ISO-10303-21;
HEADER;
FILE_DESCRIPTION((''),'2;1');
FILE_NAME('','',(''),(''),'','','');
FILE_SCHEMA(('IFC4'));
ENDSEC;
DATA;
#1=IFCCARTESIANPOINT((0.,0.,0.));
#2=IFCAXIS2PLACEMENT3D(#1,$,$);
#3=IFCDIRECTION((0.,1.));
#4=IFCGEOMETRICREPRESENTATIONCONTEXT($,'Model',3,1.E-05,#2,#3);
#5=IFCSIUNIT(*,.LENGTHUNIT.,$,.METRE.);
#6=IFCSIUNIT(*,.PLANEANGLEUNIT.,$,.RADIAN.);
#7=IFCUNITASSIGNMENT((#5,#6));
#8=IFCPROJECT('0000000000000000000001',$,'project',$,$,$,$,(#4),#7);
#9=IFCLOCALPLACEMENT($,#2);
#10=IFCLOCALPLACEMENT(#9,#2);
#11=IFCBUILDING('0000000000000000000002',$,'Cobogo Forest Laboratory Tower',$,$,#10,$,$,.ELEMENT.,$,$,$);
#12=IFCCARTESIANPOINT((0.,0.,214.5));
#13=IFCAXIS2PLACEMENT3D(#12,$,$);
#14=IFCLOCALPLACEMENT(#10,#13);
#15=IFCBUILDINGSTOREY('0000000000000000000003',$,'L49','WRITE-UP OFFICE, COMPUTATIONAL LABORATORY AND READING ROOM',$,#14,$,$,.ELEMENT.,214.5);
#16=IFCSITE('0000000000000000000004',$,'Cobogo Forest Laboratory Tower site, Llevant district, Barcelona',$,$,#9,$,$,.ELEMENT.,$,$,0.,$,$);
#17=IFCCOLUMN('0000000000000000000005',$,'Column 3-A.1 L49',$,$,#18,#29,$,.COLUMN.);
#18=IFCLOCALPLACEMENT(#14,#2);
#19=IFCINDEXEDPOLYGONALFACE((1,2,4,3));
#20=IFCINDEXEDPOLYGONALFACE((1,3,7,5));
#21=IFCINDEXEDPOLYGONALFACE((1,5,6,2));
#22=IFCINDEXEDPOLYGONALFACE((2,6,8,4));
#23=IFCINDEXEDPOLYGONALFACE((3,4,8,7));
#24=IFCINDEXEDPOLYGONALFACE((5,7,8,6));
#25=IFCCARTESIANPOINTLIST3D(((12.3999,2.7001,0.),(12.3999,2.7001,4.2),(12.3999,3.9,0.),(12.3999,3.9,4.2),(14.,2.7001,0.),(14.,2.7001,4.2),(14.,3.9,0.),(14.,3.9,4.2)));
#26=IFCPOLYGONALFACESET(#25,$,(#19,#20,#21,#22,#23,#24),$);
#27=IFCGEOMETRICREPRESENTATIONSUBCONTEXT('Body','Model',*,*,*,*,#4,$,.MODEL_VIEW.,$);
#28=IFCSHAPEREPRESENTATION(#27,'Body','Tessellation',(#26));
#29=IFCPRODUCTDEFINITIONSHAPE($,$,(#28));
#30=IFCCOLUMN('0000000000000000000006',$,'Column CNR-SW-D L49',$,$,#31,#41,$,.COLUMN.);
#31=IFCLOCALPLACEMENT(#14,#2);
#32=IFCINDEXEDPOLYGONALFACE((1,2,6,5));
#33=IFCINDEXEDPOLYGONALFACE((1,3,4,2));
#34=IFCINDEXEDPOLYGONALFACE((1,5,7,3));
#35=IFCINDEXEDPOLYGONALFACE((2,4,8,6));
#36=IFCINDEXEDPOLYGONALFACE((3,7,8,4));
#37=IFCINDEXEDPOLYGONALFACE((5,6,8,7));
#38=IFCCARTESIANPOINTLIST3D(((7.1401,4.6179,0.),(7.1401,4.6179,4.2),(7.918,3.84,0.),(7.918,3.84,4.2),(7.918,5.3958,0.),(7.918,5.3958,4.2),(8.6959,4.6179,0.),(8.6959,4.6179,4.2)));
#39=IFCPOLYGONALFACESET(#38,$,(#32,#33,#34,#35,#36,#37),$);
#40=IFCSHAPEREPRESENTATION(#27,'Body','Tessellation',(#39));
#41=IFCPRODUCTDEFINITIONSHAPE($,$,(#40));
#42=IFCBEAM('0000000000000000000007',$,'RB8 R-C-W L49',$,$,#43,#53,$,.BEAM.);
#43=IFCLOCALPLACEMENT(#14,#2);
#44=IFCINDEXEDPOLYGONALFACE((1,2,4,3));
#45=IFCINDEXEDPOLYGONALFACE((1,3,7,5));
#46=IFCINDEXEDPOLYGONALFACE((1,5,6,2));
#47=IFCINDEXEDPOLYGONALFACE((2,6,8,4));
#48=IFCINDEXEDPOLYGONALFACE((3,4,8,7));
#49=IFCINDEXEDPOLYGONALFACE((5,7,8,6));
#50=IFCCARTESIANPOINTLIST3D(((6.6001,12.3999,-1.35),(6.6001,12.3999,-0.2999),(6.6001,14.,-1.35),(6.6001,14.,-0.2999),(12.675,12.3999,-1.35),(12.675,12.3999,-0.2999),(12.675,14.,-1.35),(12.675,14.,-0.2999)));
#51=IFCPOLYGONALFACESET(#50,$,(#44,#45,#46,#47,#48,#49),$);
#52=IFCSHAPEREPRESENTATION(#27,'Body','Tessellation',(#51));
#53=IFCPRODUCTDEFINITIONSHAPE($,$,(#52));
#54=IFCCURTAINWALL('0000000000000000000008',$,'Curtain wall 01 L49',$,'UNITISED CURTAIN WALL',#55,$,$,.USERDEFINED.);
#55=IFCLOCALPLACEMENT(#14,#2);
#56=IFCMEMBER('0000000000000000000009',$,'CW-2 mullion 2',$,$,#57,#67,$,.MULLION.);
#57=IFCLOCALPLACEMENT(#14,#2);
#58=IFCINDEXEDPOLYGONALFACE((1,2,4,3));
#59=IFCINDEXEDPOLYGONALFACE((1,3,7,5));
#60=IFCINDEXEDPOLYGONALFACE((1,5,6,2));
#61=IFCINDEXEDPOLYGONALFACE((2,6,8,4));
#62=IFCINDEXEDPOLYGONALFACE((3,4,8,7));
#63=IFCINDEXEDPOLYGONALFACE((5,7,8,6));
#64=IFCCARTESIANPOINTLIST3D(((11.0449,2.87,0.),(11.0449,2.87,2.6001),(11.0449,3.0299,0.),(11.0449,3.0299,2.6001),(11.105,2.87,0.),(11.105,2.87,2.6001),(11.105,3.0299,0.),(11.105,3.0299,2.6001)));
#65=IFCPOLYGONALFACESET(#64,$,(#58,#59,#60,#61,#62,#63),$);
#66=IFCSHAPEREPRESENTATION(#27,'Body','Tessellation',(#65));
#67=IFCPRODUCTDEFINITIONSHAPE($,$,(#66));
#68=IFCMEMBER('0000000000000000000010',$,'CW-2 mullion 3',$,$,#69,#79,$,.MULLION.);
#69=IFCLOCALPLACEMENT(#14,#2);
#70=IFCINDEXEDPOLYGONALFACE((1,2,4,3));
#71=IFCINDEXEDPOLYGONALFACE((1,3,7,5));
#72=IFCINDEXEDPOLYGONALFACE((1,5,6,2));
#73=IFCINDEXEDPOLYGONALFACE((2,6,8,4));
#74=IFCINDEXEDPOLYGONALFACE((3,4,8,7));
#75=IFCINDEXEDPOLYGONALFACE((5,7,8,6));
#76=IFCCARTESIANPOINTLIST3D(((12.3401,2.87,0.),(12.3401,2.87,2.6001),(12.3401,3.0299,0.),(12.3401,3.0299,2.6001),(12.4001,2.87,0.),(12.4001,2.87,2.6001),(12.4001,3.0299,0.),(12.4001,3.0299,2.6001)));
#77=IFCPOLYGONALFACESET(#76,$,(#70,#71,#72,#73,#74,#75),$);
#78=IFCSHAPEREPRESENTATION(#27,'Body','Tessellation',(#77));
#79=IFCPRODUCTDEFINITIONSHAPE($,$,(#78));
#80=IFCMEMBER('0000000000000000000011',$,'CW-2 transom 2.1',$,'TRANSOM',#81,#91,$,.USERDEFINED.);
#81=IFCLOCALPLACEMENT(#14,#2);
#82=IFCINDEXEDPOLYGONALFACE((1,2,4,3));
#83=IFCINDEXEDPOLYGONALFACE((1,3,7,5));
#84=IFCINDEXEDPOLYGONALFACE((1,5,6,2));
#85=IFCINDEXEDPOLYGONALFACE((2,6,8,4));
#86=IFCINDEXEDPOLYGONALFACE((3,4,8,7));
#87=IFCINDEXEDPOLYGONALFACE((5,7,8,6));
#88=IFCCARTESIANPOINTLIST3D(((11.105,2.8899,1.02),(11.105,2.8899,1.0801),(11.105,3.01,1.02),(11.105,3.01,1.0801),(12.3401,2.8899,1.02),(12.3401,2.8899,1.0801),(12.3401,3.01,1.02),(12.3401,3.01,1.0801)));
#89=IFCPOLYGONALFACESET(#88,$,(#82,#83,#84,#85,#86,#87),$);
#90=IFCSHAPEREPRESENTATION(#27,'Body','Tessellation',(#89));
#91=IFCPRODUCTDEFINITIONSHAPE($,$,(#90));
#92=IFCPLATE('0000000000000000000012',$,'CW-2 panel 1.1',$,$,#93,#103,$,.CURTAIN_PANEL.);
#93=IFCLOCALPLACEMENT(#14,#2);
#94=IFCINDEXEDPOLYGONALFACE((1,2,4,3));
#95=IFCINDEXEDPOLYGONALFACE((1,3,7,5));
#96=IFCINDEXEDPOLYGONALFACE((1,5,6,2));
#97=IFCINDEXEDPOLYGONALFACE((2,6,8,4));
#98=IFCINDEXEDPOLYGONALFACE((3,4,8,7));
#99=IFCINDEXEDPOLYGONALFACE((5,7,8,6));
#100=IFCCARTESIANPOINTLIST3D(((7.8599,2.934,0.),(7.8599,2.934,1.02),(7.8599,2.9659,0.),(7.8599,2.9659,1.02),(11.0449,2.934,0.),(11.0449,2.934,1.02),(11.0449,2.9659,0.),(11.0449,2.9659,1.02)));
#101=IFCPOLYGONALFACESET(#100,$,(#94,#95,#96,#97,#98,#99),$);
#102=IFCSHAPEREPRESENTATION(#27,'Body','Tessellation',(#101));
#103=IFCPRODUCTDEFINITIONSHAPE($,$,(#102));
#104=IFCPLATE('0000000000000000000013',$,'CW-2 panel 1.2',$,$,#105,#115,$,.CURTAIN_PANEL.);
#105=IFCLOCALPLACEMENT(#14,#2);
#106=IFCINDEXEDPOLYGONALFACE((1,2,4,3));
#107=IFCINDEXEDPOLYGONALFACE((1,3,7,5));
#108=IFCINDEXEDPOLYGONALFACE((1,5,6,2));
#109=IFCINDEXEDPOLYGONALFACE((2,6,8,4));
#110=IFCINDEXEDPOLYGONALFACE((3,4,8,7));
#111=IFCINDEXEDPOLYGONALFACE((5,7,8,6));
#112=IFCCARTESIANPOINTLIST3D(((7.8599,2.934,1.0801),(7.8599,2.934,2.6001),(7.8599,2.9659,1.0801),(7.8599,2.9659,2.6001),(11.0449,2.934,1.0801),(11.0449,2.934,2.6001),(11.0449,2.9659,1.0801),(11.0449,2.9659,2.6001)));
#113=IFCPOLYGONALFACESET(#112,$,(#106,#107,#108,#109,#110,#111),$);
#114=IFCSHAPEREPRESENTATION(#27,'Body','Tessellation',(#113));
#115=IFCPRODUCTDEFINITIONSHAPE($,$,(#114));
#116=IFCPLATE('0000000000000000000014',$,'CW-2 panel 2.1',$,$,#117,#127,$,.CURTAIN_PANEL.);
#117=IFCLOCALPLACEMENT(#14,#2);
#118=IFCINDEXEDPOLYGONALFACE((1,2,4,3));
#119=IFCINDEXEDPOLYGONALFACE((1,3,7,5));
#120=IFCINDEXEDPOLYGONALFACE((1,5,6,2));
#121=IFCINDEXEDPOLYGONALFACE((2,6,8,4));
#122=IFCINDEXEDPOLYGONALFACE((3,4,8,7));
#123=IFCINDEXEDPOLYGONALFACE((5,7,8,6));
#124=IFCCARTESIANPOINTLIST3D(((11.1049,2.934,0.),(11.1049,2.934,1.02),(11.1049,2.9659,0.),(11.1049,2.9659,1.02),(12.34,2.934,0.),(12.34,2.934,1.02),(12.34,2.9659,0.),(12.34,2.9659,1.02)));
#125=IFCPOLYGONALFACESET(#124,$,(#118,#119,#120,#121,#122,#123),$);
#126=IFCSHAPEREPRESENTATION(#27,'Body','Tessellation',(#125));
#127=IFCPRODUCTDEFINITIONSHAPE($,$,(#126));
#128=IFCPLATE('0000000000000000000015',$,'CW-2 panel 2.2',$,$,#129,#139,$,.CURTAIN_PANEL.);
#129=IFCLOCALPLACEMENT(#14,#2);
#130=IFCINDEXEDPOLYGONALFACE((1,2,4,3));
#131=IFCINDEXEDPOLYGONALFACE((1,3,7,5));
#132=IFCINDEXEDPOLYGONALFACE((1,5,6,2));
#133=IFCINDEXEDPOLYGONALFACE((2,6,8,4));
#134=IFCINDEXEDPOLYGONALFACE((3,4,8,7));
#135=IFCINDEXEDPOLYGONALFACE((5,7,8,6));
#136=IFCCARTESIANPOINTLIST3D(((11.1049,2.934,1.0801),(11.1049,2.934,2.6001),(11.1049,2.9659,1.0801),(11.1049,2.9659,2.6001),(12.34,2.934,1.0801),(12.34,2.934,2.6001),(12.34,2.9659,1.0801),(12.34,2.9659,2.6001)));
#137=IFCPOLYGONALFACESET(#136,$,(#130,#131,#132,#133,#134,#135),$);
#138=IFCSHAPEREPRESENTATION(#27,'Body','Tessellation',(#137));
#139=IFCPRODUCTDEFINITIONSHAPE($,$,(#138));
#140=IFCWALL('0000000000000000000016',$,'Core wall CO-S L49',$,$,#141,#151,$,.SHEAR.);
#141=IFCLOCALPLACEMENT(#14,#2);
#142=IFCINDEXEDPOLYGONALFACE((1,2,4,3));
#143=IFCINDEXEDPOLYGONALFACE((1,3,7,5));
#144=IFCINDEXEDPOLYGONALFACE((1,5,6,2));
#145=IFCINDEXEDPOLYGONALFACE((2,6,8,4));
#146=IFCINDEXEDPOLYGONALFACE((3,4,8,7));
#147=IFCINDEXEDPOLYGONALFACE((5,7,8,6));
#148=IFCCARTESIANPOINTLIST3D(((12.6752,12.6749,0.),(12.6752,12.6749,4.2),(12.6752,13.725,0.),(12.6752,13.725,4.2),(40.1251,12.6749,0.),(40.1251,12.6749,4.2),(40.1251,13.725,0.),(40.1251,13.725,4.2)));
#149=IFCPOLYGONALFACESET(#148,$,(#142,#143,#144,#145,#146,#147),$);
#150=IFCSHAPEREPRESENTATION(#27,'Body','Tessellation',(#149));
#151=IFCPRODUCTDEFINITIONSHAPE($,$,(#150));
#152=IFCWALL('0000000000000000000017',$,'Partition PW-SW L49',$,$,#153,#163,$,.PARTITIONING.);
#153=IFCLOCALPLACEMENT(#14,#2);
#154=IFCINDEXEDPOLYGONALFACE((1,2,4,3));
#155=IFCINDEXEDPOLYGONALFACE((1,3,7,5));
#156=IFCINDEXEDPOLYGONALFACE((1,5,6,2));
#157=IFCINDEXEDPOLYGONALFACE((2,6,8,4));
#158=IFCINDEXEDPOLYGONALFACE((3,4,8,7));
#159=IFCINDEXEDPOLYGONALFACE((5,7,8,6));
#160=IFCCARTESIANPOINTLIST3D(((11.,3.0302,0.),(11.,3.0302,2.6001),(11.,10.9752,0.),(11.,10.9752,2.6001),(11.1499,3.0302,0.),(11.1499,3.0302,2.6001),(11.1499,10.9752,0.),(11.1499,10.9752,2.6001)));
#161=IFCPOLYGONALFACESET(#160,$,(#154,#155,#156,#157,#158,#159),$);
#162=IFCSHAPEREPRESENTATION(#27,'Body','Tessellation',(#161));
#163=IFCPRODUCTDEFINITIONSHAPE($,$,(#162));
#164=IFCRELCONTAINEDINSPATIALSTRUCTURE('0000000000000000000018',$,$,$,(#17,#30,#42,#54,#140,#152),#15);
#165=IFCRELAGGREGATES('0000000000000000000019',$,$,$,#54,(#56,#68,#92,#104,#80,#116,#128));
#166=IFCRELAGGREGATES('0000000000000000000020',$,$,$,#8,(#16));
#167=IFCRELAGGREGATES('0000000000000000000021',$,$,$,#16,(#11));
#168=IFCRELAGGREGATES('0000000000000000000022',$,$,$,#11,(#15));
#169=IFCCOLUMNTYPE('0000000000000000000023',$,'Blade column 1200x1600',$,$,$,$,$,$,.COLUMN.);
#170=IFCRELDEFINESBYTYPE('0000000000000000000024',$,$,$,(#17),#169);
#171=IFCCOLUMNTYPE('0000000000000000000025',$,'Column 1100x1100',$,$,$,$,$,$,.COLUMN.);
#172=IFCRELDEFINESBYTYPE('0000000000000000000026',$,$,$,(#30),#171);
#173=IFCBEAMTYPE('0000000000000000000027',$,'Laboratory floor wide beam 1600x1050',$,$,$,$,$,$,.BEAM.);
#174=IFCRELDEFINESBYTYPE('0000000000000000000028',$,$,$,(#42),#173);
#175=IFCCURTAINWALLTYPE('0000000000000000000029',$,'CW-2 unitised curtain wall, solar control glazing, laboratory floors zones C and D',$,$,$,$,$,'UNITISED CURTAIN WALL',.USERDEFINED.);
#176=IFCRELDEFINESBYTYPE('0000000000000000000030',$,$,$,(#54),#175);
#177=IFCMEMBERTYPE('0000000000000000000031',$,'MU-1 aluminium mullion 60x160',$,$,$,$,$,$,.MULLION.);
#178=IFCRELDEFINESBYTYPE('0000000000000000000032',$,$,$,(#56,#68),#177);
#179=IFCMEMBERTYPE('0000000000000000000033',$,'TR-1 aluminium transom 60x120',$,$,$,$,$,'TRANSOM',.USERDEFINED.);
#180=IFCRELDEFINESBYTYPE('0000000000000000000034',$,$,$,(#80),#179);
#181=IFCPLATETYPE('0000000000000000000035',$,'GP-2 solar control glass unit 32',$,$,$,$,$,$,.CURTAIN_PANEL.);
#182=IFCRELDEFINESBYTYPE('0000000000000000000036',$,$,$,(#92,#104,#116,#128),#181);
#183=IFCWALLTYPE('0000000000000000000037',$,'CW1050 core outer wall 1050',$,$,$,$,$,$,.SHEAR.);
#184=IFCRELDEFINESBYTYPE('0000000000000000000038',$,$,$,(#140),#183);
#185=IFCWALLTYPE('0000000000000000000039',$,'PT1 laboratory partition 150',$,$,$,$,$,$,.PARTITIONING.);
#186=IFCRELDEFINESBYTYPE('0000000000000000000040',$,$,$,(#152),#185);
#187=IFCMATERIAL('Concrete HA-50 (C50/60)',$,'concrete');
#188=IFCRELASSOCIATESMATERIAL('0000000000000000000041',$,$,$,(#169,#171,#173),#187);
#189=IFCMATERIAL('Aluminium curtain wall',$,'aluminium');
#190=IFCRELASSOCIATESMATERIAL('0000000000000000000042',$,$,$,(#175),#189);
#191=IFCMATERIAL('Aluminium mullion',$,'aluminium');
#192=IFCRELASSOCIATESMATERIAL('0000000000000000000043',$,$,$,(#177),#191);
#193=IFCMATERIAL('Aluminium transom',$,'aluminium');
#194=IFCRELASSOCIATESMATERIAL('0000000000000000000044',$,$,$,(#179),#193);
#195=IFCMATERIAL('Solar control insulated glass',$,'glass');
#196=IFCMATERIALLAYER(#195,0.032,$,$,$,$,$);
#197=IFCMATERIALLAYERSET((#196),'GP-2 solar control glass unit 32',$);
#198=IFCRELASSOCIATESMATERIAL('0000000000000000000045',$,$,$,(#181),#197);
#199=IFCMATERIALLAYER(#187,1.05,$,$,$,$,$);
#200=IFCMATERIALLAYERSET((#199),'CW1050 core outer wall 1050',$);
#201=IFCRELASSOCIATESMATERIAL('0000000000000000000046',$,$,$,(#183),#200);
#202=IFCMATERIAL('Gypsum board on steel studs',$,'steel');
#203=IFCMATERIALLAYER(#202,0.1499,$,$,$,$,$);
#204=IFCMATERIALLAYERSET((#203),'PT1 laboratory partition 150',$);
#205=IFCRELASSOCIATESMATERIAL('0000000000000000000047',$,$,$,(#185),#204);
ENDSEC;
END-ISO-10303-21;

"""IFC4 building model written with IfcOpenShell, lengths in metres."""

from ifc_helpers import new_model, si_unit, direction, frame, frame_2d, origin, origin_2d, place, context, subcontext, project, spatial, rectangle, extrude, material, layer, layer_set, material_profile, profile_set, type_object, element, aggregate, save


model = new_model("IFC4")

# Units and contexts
model_context = context("Model", 3, precision=1e-05, world=origin(), true_north=direction((0.0, 1.0)))
body_context = subcontext(model_context, "Body", "Model", "MODEL_VIEW")
ifc_project = project(units=[si_unit("LENGTHUNIT", "METRE"), si_unit("PLANEANGLEUNIT", "RADIAN")], contexts=[model_context])

# Site, building, storey
site_placement = place(None, origin())
site = spatial("IfcSite", under=ifc_project, at=site_placement, Name="Cobogo Forest Laboratory Tower site, Llevant district, Barcelona", CompositionType="ELEMENT", RefElevation=0.0)
building_placement = place(site_placement, origin())
building = spatial("IfcBuilding", under=site, at=building_placement, Name="Cobogo Forest Laboratory Tower", CompositionType="ELEMENT")
storey_placement = place(building_placement, frame((0.0, 0.0, 214.5)))
storey = spatial("IfcBuildingStorey", under=building, at=storey_placement, Name="L49", Description="WRITE-UP OFFICE, COMPUTATIONAL LABORATORY AND READING ROOM", CompositionType="ELEMENT", Elevation=214.5)

# Columns
ifc_material_1 = material(Name="Concrete HA-50 (C50/60)", Category="concrete")
ifc_material_profile_1 = material_profile(ifc_material_1, rectangle(XDim=1.6001, YDim=1.2, at=origin_2d()), Name="RC 1200x1600")
ifc_profile_set_1 = profile_set([ifc_material_profile_1], Name="Concrete HA-50 (C50/60)")
column_type_1 = type_object("IfcColumnType", Name="Blade column 1200x1600", PredefinedType="COLUMN", material=ifc_profile_set_1)
column_1_placement = place(storey_placement, frame((13.2, 3.3, 0.0), z_axis=(0.0, 0.0, 1.0), x_axis=(1.0, 0.0, 0.0)))
element("IfcColumn", 1, at=column_1_placement, inside=storey, type_object=column_type_1, Name="Column 3-A.1 L49", PredefinedType="COLUMN", context=body_context, shape_type="SweptSolid", body=[
    extrude(rectangle(XDim=1.6001, YDim=1.2, at=origin_2d()), origin(), (0.0, 0.0, 1.0), 4.2),
])
ifc_material_profile_2 = material_profile(ifc_material_1, rectangle(XDim=1.1001, YDim=1.1001, at=origin_2d()), Name="RC 1100x1100")
ifc_profile_set_2 = profile_set([ifc_material_profile_2], Name="Concrete HA-50 (C50/60)")
column_type_2 = type_object("IfcColumnType", Name="Column 1100x1100", PredefinedType="COLUMN", material=ifc_profile_set_2)
column_2_placement = place(storey_placement, frame((7.918, 4.6179, 0.0), z_axis=(0.0, 0.0, 1.0), x_axis=(0.707107, 0.707107, 0.0)))
element("IfcColumn", 2, at=column_2_placement, inside=storey, type_object=column_type_2, Name="Column CNR-SW-D L49", PredefinedType="COLUMN", context=body_context, shape_type="SweptSolid", body=[
    extrude(rectangle(XDim=1.1001, YDim=1.1001, at=origin_2d()), origin(), (0.0, 0.0, 1.0), 4.2),
])

# Beam
ifc_material_profile_3 = material_profile(ifc_material_1, rectangle(XDim=1.6001, YDim=1.05, at=origin_2d()), Name="RC 1600x1050")
ifc_profile_set_3 = profile_set([ifc_material_profile_3], Name="Concrete HA-50 (C50/60)")
beam_type = type_object("IfcBeamType", Name="Laboratory floor wide beam 1600x1050", PredefinedType="BEAM", material=ifc_profile_set_3)
beam_placement = place(storey_placement, frame((12.675, 13.2, -0.825), z_axis=(-1.0, 0.0, 0.0), x_axis=(0.0, -1.0, 0.0)))
element("IfcBeam", 3, at=beam_placement, inside=storey, type_object=beam_type, Name="RB8 R-C-W L49", PredefinedType="BEAM", context=body_context, shape_type="SweptSolid", body=[
    extrude(rectangle(XDim=1.6001, YDim=1.05, at=origin_2d()), origin(), (0.0, 0.0, 1.0), 6.075),
])

# Curtain wall, members, plates
ifc_material_2 = material(Name="Aluminium curtain wall", Category="aluminium")
curtain_wall_type = type_object("IfcCurtainWallType", Name="CW-2 unitised curtain wall, solar control glazing, laboratory floors zones C and D", ElementType="UNITISED CURTAIN WALL", PredefinedType="USERDEFINED", material=ifc_material_2)
curtain_wall_placement = place(storey_placement, origin())
curtain_wall = element("IfcCurtainWall", 4, at=curtain_wall_placement, inside=storey, type_object=curtain_wall_type, Name="Curtain wall 01 L49", ObjectType="UNITISED CURTAIN WALL", PredefinedType="USERDEFINED")
ifc_material_3 = material(Name="Aluminium mullion", Category="aluminium")
ifc_material_profile_4 = material_profile(ifc_material_3, rectangle(XDim=0.0601, YDim=0.1599, at=origin_2d()), Name="AL 60x160")
ifc_profile_set_4 = profile_set([ifc_material_profile_4], Name="Aluminium mullion")
member_type_1 = type_object("IfcMemberType", Name="MU-1 aluminium mullion 60x160", PredefinedType="MULLION", material=ifc_profile_set_4)
member_1_placement = place(storey_placement, frame((11.075, 2.95, 0.0), z_axis=(0.0, 0.0, 1.0), x_axis=(1.0, 0.0, 0.0)))
member_1 = element("IfcMember", 5, at=member_1_placement, type_object=member_type_1, Name="CW-2 mullion 2", PredefinedType="MULLION", context=body_context, shape_type="SweptSolid", body=[
    extrude(rectangle(XDim=0.0601, YDim=0.1599, at=origin_2d()), origin(), (0.0, 0.0, 1.0), 2.6001),
])
member_2_placement = place(storey_placement, frame((12.3701, 2.95, 0.0), z_axis=(0.0, 0.0, 1.0), x_axis=(1.0, 0.0, 0.0)))
member_2 = element("IfcMember", 6, at=member_2_placement, type_object=member_type_1, Name="CW-2 mullion 3", PredefinedType="MULLION", context=body_context, shape_type="SweptSolid", body=[
    extrude(rectangle(XDim=0.0601, YDim=0.1599, at=origin_2d()), origin(), (0.0, 0.0, 1.0), 2.6001),
])
ifc_material_4 = material(Name="Aluminium transom", Category="aluminium")
ifc_material_profile_5 = material_profile(ifc_material_4, rectangle(XDim=0.1201, YDim=0.0601, at=origin_2d()), Name="AL 60x120")
ifc_profile_set_5 = profile_set([ifc_material_profile_5], Name="Aluminium transom")
member_type_2 = type_object("IfcMemberType", Name="TR-1 aluminium transom 60x120", ElementType="TRANSOM", PredefinedType="USERDEFINED", material=ifc_profile_set_5)
member_3_placement = place(storey_placement, frame((11.105, 2.95, 1.05), z_axis=(1.0, 0.0, 0.0), x_axis=(0.0, 1.0, 0.0)))
member_3 = element("IfcMember", 7, at=member_3_placement, type_object=member_type_2, Name="CW-2 transom 2.1", ObjectType="TRANSOM", PredefinedType="USERDEFINED", context=body_context, shape_type="SweptSolid", body=[
    extrude(rectangle(XDim=0.1201, YDim=0.0601, at=origin_2d()), origin(), (0.0, 0.0, 1.0), 1.2351),
])
ifc_material_5 = material(Name="Solar control insulated glass", Category="glass")
ifc_layer_1 = layer(ifc_material_5, 0.032)
ifc_layer_set_1 = layer_set([ifc_layer_1], Name="GP-2 solar control glass unit 32")
plate_type = type_object("IfcPlateType", Name="GP-2 solar control glass unit 32", PredefinedType="CURTAIN_PANEL", material=ifc_layer_set_1)
plate_1_placement = place(storey_placement, frame((9.4524, 2.95, 0.0), z_axis=(0.0, 0.0, 1.0), x_axis=(1.0, 0.0, 0.0)))
plate_1 = element("IfcPlate", 8, at=plate_1_placement, type_object=plate_type, Name="CW-2 panel 1.1", PredefinedType="CURTAIN_PANEL", context=body_context, shape_type="SweptSolid", body=[
    extrude(rectangle(XDim=3.1851, YDim=0.032, at=origin_2d()), origin(), (0.0, 0.0, 1.0), 1.02),
])
plate_2_placement = place(storey_placement, frame((9.4524, 2.95, 1.0801), z_axis=(0.0, 0.0, 1.0), x_axis=(1.0, 0.0, 0.0)))
plate_2 = element("IfcPlate", 9, at=plate_2_placement, type_object=plate_type, Name="CW-2 panel 1.2", PredefinedType="CURTAIN_PANEL", context=body_context, shape_type="SweptSolid", body=[
    extrude(rectangle(XDim=3.1851, YDim=0.032, at=origin_2d()), origin(), (0.0, 0.0, 1.0), 1.52),
])
plate_3_placement = place(storey_placement, frame((11.7224, 2.95, 0.0), z_axis=(0.0, 0.0, 1.0), x_axis=(1.0, 0.0, 0.0)))
plate_3 = element("IfcPlate", 10, at=plate_3_placement, type_object=plate_type, Name="CW-2 panel 2.1", PredefinedType="CURTAIN_PANEL", context=body_context, shape_type="SweptSolid", body=[
    extrude(rectangle(XDim=1.2351, YDim=0.032, at=origin_2d()), origin(), (0.0, 0.0, 1.0), 1.02),
])
plate_4_placement = place(storey_placement, frame((11.7224, 2.95, 1.0801), z_axis=(0.0, 0.0, 1.0), x_axis=(1.0, 0.0, 0.0)))
plate_4 = element("IfcPlate", 11, at=plate_4_placement, type_object=plate_type, Name="CW-2 panel 2.2", PredefinedType="CURTAIN_PANEL", context=body_context, shape_type="SweptSolid", body=[
    extrude(rectangle(XDim=1.2351, YDim=0.032, at=origin_2d()), origin(), (0.0, 0.0, 1.0), 1.52),
])
aggregate(curtain_wall, [member_1, member_2, plate_1, plate_2, member_3, plate_3, plate_4])

# Walls
ifc_layer_2 = layer(ifc_material_1, 1.05)
ifc_layer_set_2 = layer_set([ifc_layer_2], Name="CW1050 core outer wall 1050")
wall_type_1 = type_object("IfcWallType", Name="CW1050 core outer wall 1050", PredefinedType="SHEAR", material=ifc_layer_set_2)
wall_1_placement = place(storey_placement, frame((12.675, 13.2, 0.0), z_axis=(0.0, 0.0, 1.0), x_axis=(1.0, 0.0, 0.0)))
element("IfcWall", 12, at=wall_1_placement, inside=storey, type_object=wall_type_1, Name="Core wall CO-S L49", PredefinedType="SHEAR", context=body_context, shape_type="SweptSolid", body=[
    extrude(rectangle(XDim=27.45, YDim=1.05, at=frame_2d((13.7251, 0.0))), origin(), (0.0, 0.0, 1.0), 4.2),
])
ifc_material_6 = material(Name="Gypsum board on steel studs", Category="steel")
ifc_layer_3 = layer(ifc_material_6, 0.1499)
ifc_layer_set_3 = layer_set([ifc_layer_3], Name="PT1 laboratory partition 150")
wall_type_2 = type_object("IfcWallType", Name="PT1 laboratory partition 150", PredefinedType="PARTITIONING", material=ifc_layer_set_3)
wall_2_placement = place(storey_placement, frame((11.075, 3.03, 0.0), z_axis=(0.0, 0.0, 1.0), x_axis=(0.0, 1.0, 0.0)))
element("IfcWall", 13, at=wall_2_placement, inside=storey, type_object=wall_type_2, Name="Partition PW-SW L49", PredefinedType="PARTITIONING", context=body_context, shape_type="SweptSolid", body=[
    extrude(rectangle(XDim=7.9451, YDim=0.1499, at=frame_2d((3.9727, 0.0))), origin(), (0.0, 0.0, 1.0), 2.6001),
])

save(model, "model.ifc")
